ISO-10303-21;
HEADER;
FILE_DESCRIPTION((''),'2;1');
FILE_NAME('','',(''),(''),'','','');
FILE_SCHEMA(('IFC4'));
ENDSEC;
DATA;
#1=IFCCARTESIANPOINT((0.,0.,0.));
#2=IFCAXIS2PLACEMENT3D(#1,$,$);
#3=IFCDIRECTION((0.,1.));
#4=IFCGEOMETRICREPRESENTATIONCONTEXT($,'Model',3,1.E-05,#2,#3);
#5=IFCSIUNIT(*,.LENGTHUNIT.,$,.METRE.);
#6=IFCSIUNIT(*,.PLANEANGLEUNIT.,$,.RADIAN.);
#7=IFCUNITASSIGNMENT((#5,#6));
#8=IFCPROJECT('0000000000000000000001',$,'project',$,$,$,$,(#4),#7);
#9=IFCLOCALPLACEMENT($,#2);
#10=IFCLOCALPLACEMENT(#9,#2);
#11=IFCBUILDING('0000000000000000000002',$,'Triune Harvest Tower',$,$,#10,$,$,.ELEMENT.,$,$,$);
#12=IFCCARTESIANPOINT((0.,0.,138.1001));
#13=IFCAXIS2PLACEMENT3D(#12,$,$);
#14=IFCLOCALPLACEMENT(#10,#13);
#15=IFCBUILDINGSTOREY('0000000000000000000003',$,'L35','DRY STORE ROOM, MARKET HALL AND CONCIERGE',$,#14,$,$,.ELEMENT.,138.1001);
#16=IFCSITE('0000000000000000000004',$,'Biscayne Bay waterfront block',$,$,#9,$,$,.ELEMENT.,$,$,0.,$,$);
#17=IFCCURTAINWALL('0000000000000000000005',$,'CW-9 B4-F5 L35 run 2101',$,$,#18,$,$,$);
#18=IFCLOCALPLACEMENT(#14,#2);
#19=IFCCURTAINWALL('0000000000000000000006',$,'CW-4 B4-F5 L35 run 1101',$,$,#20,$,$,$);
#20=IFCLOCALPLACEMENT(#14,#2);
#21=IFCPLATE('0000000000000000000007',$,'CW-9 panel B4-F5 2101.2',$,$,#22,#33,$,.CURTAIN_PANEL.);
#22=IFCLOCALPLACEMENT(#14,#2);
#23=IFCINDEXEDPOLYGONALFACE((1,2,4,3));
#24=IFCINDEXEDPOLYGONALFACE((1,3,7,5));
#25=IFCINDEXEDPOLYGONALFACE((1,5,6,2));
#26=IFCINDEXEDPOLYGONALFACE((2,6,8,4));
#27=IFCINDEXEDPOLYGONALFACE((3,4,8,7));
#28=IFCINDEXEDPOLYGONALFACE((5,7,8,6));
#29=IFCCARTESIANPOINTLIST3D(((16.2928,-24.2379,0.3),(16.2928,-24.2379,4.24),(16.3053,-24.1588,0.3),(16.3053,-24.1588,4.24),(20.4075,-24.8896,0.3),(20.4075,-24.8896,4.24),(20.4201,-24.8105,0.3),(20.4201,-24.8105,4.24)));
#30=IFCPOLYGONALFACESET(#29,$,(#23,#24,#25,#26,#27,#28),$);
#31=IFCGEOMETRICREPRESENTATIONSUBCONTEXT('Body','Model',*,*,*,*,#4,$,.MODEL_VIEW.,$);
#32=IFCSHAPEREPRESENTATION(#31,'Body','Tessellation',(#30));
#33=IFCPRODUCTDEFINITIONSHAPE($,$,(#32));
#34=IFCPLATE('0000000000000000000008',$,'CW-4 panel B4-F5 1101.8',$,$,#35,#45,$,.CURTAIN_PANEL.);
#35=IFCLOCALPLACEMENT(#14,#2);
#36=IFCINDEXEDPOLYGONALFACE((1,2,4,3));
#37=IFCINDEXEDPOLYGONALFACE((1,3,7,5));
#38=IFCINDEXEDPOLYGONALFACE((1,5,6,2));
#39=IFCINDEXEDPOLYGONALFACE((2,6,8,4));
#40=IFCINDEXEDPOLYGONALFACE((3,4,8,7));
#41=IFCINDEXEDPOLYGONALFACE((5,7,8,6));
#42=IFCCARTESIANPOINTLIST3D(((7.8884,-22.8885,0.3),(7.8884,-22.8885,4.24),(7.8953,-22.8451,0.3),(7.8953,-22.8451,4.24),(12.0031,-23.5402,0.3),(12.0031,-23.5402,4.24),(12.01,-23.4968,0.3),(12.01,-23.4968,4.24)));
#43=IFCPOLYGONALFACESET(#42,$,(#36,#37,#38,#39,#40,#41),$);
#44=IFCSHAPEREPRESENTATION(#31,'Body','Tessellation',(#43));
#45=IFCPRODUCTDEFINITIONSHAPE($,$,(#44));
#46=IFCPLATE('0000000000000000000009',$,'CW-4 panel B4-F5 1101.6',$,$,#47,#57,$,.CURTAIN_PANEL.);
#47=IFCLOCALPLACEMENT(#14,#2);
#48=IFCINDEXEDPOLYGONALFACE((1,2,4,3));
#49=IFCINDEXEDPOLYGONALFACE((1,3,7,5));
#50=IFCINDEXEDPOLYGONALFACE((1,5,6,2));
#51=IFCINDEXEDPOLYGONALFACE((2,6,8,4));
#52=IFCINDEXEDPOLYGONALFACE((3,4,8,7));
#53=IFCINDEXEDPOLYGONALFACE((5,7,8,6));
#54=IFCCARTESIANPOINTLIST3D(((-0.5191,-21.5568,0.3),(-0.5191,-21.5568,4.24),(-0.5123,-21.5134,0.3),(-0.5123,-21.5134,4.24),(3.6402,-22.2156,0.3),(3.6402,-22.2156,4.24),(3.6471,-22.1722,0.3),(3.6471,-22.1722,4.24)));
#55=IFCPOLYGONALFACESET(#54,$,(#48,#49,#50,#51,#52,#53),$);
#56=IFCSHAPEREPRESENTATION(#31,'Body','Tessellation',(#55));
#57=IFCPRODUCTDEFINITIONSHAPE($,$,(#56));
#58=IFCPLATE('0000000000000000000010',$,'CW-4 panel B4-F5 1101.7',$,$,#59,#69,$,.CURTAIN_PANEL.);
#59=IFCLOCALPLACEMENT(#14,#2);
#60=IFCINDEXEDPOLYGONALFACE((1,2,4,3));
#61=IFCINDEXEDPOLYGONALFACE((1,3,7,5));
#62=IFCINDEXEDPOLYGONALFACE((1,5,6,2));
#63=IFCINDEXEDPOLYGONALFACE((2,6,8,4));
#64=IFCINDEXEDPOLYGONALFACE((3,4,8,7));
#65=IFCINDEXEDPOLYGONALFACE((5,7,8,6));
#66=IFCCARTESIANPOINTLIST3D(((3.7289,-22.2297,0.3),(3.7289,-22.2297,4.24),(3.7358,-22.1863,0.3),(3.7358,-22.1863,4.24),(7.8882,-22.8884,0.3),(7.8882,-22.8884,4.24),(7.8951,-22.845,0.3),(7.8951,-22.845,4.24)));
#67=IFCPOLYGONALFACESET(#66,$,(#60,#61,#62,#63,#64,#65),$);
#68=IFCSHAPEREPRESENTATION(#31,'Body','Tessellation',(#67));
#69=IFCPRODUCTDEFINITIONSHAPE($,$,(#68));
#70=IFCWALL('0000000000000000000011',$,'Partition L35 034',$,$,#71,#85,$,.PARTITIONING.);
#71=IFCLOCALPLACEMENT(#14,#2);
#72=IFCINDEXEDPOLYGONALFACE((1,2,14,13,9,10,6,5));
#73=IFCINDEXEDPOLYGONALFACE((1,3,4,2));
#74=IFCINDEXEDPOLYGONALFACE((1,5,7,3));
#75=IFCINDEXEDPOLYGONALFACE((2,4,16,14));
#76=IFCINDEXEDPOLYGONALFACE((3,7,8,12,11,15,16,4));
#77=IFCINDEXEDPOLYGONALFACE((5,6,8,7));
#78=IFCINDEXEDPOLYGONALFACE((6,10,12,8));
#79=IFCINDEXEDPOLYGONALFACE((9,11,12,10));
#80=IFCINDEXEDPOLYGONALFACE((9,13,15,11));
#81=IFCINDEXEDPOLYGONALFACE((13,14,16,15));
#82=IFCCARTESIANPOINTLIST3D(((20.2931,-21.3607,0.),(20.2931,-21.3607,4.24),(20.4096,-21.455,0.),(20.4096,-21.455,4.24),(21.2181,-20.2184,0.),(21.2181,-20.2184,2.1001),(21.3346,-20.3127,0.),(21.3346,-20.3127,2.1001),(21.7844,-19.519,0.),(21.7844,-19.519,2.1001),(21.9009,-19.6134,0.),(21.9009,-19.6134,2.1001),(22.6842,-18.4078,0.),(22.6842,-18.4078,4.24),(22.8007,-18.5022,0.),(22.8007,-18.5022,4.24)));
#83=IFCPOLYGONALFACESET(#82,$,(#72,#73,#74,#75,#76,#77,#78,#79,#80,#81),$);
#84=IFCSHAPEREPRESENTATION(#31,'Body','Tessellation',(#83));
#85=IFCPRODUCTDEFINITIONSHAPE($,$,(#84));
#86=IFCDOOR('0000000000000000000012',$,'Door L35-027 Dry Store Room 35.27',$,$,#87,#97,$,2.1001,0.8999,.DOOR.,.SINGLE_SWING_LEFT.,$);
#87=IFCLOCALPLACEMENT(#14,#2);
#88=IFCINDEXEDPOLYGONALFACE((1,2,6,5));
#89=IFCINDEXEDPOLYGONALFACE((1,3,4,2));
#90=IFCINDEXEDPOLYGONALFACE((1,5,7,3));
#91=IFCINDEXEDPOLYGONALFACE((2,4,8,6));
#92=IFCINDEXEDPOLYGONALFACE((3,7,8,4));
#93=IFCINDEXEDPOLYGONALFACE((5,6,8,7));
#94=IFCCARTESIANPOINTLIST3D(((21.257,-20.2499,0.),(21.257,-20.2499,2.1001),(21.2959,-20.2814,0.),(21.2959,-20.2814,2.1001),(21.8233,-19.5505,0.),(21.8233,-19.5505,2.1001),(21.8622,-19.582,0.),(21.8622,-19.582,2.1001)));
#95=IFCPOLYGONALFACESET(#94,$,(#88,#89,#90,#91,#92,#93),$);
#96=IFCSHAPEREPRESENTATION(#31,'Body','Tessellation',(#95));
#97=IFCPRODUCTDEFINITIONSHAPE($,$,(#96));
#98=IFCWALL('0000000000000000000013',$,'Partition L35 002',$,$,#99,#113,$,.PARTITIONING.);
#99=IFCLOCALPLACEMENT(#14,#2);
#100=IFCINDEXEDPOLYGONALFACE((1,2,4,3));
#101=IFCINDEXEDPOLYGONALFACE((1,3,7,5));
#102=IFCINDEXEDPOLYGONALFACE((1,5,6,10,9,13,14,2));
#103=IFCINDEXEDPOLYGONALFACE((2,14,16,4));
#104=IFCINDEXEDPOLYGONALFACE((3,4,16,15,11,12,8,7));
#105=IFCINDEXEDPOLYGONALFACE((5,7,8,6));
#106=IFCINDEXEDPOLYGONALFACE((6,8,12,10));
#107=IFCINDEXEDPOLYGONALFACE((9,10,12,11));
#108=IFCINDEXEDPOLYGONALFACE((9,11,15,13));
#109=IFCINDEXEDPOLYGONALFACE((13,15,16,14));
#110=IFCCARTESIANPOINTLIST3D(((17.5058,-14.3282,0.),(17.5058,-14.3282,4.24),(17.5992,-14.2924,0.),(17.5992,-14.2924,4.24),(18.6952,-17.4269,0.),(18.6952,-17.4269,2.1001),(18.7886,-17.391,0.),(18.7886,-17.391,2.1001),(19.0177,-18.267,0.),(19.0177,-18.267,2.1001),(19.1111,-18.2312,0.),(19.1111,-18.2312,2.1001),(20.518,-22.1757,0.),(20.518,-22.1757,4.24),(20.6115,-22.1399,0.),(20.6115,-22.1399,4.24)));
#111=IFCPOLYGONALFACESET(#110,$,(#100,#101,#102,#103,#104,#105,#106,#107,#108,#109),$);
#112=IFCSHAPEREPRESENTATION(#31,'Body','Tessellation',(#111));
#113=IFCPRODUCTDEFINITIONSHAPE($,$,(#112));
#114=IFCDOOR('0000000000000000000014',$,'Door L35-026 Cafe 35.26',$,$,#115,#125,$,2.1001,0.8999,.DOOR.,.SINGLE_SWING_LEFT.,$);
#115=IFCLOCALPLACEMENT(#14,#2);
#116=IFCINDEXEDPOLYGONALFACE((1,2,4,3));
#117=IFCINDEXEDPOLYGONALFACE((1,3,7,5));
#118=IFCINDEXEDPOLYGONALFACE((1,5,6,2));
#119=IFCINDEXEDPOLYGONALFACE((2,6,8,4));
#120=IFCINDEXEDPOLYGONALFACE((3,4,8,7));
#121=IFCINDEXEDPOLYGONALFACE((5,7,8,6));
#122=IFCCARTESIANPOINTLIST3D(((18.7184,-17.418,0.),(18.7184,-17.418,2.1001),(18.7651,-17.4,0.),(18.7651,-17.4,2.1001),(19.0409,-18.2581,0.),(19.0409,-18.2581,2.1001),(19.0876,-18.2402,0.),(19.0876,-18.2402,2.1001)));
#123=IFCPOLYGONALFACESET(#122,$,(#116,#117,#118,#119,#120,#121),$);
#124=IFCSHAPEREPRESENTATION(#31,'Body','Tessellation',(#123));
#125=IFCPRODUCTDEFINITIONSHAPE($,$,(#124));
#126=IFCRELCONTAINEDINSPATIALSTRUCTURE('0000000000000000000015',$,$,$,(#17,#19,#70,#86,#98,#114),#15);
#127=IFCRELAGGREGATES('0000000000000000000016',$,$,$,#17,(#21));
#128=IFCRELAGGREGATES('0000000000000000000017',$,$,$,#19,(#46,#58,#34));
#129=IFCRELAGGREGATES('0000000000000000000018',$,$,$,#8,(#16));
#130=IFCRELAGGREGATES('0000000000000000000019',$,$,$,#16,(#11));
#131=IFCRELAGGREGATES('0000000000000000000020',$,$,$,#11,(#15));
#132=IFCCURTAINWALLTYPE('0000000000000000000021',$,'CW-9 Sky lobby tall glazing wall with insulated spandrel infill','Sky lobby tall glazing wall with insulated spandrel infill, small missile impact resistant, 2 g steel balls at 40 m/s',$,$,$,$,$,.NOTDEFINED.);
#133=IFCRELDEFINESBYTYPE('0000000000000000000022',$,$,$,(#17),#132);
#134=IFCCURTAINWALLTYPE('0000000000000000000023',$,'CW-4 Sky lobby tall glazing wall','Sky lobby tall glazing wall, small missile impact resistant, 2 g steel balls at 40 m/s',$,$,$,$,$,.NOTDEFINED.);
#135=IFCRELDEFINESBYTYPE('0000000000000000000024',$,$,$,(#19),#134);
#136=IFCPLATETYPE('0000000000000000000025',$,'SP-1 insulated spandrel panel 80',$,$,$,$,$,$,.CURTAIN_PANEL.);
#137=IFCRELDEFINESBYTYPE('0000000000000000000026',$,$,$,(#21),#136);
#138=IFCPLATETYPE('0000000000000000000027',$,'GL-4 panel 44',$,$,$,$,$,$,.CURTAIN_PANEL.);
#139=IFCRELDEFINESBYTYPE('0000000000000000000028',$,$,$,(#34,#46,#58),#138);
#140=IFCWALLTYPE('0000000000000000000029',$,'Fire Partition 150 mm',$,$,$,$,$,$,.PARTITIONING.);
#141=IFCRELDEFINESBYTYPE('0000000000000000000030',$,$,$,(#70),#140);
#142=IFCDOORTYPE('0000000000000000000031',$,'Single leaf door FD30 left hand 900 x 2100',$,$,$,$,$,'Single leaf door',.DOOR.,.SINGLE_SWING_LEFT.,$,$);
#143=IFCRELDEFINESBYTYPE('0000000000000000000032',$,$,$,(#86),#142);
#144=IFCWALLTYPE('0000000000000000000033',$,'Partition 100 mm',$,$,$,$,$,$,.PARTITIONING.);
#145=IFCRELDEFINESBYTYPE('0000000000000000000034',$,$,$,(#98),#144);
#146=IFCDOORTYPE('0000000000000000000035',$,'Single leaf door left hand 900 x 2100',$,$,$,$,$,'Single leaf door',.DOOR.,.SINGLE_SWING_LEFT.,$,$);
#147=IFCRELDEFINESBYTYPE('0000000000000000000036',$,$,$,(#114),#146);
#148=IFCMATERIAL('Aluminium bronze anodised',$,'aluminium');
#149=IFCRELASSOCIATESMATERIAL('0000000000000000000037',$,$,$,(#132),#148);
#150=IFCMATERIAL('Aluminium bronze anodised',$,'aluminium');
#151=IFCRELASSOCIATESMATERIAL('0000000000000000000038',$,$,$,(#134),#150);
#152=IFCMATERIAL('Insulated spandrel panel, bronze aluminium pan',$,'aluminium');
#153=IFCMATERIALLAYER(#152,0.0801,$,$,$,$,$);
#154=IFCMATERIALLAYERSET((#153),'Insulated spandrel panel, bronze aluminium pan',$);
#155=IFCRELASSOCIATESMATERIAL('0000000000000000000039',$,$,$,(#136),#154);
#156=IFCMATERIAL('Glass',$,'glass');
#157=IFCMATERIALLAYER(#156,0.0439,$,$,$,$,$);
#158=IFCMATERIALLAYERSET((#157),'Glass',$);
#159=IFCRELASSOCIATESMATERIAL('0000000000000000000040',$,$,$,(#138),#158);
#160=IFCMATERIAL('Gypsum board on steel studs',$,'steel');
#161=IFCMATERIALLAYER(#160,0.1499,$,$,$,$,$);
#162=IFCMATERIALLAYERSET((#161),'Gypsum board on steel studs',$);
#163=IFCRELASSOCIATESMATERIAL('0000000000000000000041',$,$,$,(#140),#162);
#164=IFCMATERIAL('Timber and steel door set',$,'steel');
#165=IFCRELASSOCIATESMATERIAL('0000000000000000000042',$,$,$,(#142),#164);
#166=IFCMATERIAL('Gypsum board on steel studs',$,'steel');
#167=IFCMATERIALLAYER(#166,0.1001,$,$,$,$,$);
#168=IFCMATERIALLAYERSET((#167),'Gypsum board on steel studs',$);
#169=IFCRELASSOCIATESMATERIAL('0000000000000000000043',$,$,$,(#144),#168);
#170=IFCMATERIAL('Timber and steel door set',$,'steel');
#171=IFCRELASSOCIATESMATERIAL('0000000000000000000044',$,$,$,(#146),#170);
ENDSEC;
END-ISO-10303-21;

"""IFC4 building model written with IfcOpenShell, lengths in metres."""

from ifc_helpers import new_model, si_unit, direction, frame, frame_2d, origin, origin_2d, place, context, subcontext, project, spatial, rectangle, extrude, source, transform, mapped, material, layer, layer_set, type_object, element, fill, aggregate, save


model = new_model("IFC4")

# Units and contexts
model_context = context("Model", 3, precision=1e-05, world=origin(), true_north=direction((0.0, 1.0)))
body_context = subcontext(model_context, "Body", "Model", "MODEL_VIEW")
ifc_project = project(units=[si_unit("LENGTHUNIT", "METRE"), si_unit("PLANEANGLEUNIT", "RADIAN")], contexts=[model_context])

# Site, building, storey
site_placement = place(None, origin())
site = spatial("IfcSite", under=ifc_project, at=site_placement, Name="Biscayne Bay waterfront block", CompositionType="ELEMENT", RefElevation=0.0)
building_placement = place(site_placement, origin())
building = spatial("IfcBuilding", under=site, at=building_placement, Name="Triune Harvest Tower", CompositionType="ELEMENT")
storey_placement = place(building_placement, frame((0.0, 0.0, 138.1001)))
storey = spatial("IfcBuildingStorey", under=building, at=storey_placement, Name="L35", Description="DRY STORE ROOM, MARKET HALL AND CONCIERGE", CompositionType="ELEMENT", Elevation=138.1001)

# Curtain wall
ifc_material_1 = material(Name="Aluminium bronze anodised", Category="aluminium")
curtain_wall_type_1 = type_object("IfcCurtainWallType", Name="CW-9 Sky lobby tall glazing wall with insulated spandrel infill", Description="Sky lobby tall glazing wall with insulated spandrel infill, small missile impact resistant, 2 g steel balls at 40 m/s", PredefinedType="NOTDEFINED", material=ifc_material_1)
curtain_wall_1_placement = place(storey_placement, origin())
curtain_wall_1 = element("IfcCurtainWall", 1, at=curtain_wall_1_placement, inside=storey, type_object=curtain_wall_type_1, Name="CW-9 B4-F5 L35 run 2101")

# Curtain wall
ifc_material_2 = material(Name="Aluminium bronze anodised", Category="aluminium")
curtain_wall_type_2 = type_object("IfcCurtainWallType", Name="CW-4 Sky lobby tall glazing wall", Description="Sky lobby tall glazing wall, small missile impact resistant, 2 g steel balls at 40 m/s", PredefinedType="NOTDEFINED", material=ifc_material_2)
curtain_wall_2_placement = place(storey_placement, origin())
curtain_wall_2 = element("IfcCurtainWall", 2, at=curtain_wall_2_placement, inside=storey, type_object=curtain_wall_type_2, Name="CW-4 B4-F5 L35 run 1101")

# Plates
ifc_material_3 = material(Name="Insulated spandrel panel, bronze aluminium pan", Category="aluminium")
ifc_layer_1 = layer(ifc_material_3, 0.0801)
ifc_layer_set_1 = layer_set([ifc_layer_1], Name="Insulated spandrel panel, bronze aluminium pan")
plate_type_1 = type_object("IfcPlateType", Name="SP-1 insulated spandrel panel 80", PredefinedType="CURTAIN_PANEL", material=ifc_layer_set_1)
shared_shape_1 = source(origin(), body_context, "Body", "SweptSolid", [
    extrude(rectangle(XDim=4.166, YDim=0.0801, at=origin_2d()), origin(), (0.0, 0.0, 1.0), 3.9399),
])
plate_1_placement = place(storey_placement, frame((18.3564, -24.5242, 0.3), z_axis=(0.0, 0.0, 1.0), x_axis=(0.987688, -0.156434, 0.0)))
plate_1 = element("IfcPlate", 3, at=plate_1_placement, type_object=plate_type_1, Name="CW-9 panel B4-F5 2101.2", PredefinedType="CURTAIN_PANEL", context=body_context, shape_type="MappedRepresentation", body=[
    mapped(shared_shape_1, transform((0.0, 0.0, 0.0), scale=1.0)),
])
aggregate(curtain_wall_1, [plate_1])
ifc_material_4 = material(Name="Glass", Category="glass")
ifc_layer_2 = layer(ifc_material_4, 0.0439)
ifc_layer_set_2 = layer_set([ifc_layer_2], Name="Glass")
plate_type_2 = type_object("IfcPlateType", Name="GL-4 panel 44", PredefinedType="CURTAIN_PANEL", material=ifc_layer_set_2)
shared_shape_2 = source(origin(), body_context, "Body", "SweptSolid", [
    extrude(rectangle(XDim=4.166, YDim=0.0439, at=origin_2d()), origin(), (0.0, 0.0, 1.0), 3.9399),
])
plate_2_placement = place(storey_placement, frame((9.9492, -23.1926, 0.3), z_axis=(0.0, 0.0, 1.0), x_axis=(0.987688, -0.156435, 0.0)))
plate_2 = element("IfcPlate", 4, at=plate_2_placement, type_object=plate_type_2, Name="CW-4 panel B4-F5 1101.8", PredefinedType="CURTAIN_PANEL", context=body_context, shape_type="MappedRepresentation", body=[
    mapped(shared_shape_2, transform((0.0, 0.0, 0.0), scale=1.0)),
])
shared_shape_3 = source(origin(), body_context, "Body", "SweptSolid", [
    extrude(rectangle(XDim=4.2112, YDim=0.0439, at=origin_2d()), origin(), (0.0, 0.0, 1.0), 3.9399),
])
plate_3_placement = place(storey_placement, frame((1.564, -21.8645, 0.3), z_axis=(0.0, 0.0, 1.0), x_axis=(0.987688, -0.156435, 0.0)))
plate_3 = element("IfcPlate", 5, at=plate_3_placement, type_object=plate_type_2, Name="CW-4 panel B4-F5 1101.6", PredefinedType="CURTAIN_PANEL", context=body_context, shape_type="MappedRepresentation", body=[
    mapped(shared_shape_3, transform((0.0, 0.0, 0.0), scale=1.0)),
])
plate_4_placement = place(storey_placement, frame((5.812, -22.5374, 0.3), z_axis=(0.0, 0.0, 1.0), x_axis=(0.987688, -0.156435, 0.0)))
plate_4 = element("IfcPlate", 6, at=plate_4_placement, type_object=plate_type_2, Name="CW-4 panel B4-F5 1101.7", PredefinedType="CURTAIN_PANEL", context=body_context, shape_type="MappedRepresentation", body=[
    mapped(shared_shape_3, transform((0.0, 0.0, 0.0), scale=1.0)),
])
aggregate(curtain_wall_2, [plate_3, plate_4, plate_2])

# Walls, openings, doors
ifc_material_5 = material(Name="Gypsum board on steel studs", Category="steel")
ifc_layer_3 = layer(ifc_material_5, 0.1499)
ifc_layer_set_3 = layer_set([ifc_layer_3], Name="Gypsum board on steel studs")
wall_type_1 = type_object("IfcWallType", Name="Fire Partition 150 mm", PredefinedType="PARTITIONING", material=ifc_layer_set_3)
wall_1_placement = place(storey_placement, frame((20.3513, -21.408, 0.0), z_axis=(0.0, 0.0, 1.0), x_axis=(0.629307, 0.777157, 0.0)))
wall_1 = element("IfcWall", 7, at=wall_1_placement, inside=storey, type_object=wall_type_1, Name="Partition L35 034", PredefinedType="PARTITIONING", context=body_context, shape_type="SweptSolid", body=[
    extrude(rectangle(XDim=3.7996, YDim=0.1499, at=frame_2d((1.8999, 0.0))), origin(), (0.0, 0.0, 1.0), 4.24),
])
opening_1_placement = place(wall_1_placement, frame((1.47, 0.0, 0.0)))
opening_1 = element("IfcOpeningElement", 8, at=opening_1_placement, cuts=wall_1, PredefinedType="OPENING", context=body_context, shape_type="SweptSolid", body=[
    extrude(rectangle(XDim=0.8999, YDim=2.1001, at=frame_2d((0.45, 1.05))), frame((0.0, 0.085, 0.0), z_axis=(0.0, -1.0, 0.0), x_axis=(1.0, 0.0, 0.0)), (0.0, 0.0, 1.0), 0.1699),
])
ifc_material_6 = material(Name="Timber and steel door set", Category="steel")
door_type_1 = type_object("IfcDoorType", Name="Single leaf door FD30 left hand 900 x 2100", ElementType="Single leaf door", OperationType="SINGLE_SWING_LEFT", PredefinedType="DOOR", material=ifc_material_6)
door_1_placement = place(opening_1_placement, origin())
door_1 = element("IfcDoor", 9, at=door_1_placement, inside=storey, type_object=door_type_1, Name="Door L35-027 Dry Store Room 35.27", OperationType="SINGLE_SWING_LEFT", OverallHeight=2.1001, OverallWidth=0.8999, PredefinedType="DOOR", context=body_context, shape_type="SweptSolid", body=[
    extrude(rectangle(XDim=0.8999, YDim=2.1001, at=frame_2d((0.45, 1.05))), frame((0.0, 0.0249, 0.0), z_axis=(0.0, -1.0, 0.0), x_axis=(1.0, 0.0, 0.0)), (0.0, 0.0, 1.0), 0.05),
])
fill(opening_1, door_1)
ifc_material_7 = material(Name="Gypsum board on steel studs", Category="steel")
ifc_layer_4 = layer(ifc_material_7, 0.1001)
ifc_layer_set_4 = layer_set([ifc_layer_4], Name="Gypsum board on steel studs")
wall_type_2 = type_object("IfcWallType", Name="Partition 100 mm", PredefinedType="PARTITIONING", material=ifc_layer_set_4)
wall_2_placement = place(storey_placement, frame((17.5525, -14.3103, 0.0), z_axis=(0.0, 0.0, 1.0), x_axis=(0.358354, -0.933586, 0.0)))
wall_2 = element("IfcWall", 10, at=wall_2_placement, inside=storey, type_object=wall_type_2, Name="Partition L35 002", PredefinedType="PARTITIONING", context=body_context, shape_type="SweptSolid", body=[
    extrude(rectangle(XDim=8.4058, YDim=0.1001, at=frame_2d((4.2029, 0.0))), origin(), (0.0, 0.0, 1.0), 4.24),
])
opening_2_placement = place(wall_2_placement, frame((3.3191, 0.0, 0.0)))
opening_2 = element("IfcOpeningElement", 11, at=opening_2_placement, cuts=wall_2, PredefinedType="OPENING", context=body_context, shape_type="SweptSolid", body=[
    extrude(rectangle(XDim=0.8999, YDim=2.1001, at=frame_2d((0.45, 1.05))), frame((0.0, 0.0601, 0.0), z_axis=(0.0, -1.0, 0.0), x_axis=(1.0, 0.0, 0.0)), (0.0, 0.0, 1.0), 0.1201),
])
ifc_material_8 = material(Name="Timber and steel door set", Category="steel")
door_type_2 = type_object("IfcDoorType", Name="Single leaf door left hand 900 x 2100", ElementType="Single leaf door", OperationType="SINGLE_SWING_LEFT", PredefinedType="DOOR", material=ifc_material_8)
door_2_placement = place(opening_2_placement, origin())
door_2 = element("IfcDoor", 12, at=door_2_placement, inside=storey, type_object=door_type_2, Name="Door L35-026 Cafe 35.26", OperationType="SINGLE_SWING_LEFT", OverallHeight=2.1001, OverallWidth=0.8999, PredefinedType="DOOR", context=body_context, shape_type="SweptSolid", body=[
    extrude(rectangle(XDim=0.8999, YDim=2.1001, at=frame_2d((0.45, 1.05))), frame((0.0, 0.0249, 0.0), z_axis=(0.0, -1.0, 0.0), x_axis=(1.0, 0.0, 0.0)), (0.0, 0.0, 1.0), 0.05),
])
fill(opening_2, door_2)

save(model, "model.ifc")
